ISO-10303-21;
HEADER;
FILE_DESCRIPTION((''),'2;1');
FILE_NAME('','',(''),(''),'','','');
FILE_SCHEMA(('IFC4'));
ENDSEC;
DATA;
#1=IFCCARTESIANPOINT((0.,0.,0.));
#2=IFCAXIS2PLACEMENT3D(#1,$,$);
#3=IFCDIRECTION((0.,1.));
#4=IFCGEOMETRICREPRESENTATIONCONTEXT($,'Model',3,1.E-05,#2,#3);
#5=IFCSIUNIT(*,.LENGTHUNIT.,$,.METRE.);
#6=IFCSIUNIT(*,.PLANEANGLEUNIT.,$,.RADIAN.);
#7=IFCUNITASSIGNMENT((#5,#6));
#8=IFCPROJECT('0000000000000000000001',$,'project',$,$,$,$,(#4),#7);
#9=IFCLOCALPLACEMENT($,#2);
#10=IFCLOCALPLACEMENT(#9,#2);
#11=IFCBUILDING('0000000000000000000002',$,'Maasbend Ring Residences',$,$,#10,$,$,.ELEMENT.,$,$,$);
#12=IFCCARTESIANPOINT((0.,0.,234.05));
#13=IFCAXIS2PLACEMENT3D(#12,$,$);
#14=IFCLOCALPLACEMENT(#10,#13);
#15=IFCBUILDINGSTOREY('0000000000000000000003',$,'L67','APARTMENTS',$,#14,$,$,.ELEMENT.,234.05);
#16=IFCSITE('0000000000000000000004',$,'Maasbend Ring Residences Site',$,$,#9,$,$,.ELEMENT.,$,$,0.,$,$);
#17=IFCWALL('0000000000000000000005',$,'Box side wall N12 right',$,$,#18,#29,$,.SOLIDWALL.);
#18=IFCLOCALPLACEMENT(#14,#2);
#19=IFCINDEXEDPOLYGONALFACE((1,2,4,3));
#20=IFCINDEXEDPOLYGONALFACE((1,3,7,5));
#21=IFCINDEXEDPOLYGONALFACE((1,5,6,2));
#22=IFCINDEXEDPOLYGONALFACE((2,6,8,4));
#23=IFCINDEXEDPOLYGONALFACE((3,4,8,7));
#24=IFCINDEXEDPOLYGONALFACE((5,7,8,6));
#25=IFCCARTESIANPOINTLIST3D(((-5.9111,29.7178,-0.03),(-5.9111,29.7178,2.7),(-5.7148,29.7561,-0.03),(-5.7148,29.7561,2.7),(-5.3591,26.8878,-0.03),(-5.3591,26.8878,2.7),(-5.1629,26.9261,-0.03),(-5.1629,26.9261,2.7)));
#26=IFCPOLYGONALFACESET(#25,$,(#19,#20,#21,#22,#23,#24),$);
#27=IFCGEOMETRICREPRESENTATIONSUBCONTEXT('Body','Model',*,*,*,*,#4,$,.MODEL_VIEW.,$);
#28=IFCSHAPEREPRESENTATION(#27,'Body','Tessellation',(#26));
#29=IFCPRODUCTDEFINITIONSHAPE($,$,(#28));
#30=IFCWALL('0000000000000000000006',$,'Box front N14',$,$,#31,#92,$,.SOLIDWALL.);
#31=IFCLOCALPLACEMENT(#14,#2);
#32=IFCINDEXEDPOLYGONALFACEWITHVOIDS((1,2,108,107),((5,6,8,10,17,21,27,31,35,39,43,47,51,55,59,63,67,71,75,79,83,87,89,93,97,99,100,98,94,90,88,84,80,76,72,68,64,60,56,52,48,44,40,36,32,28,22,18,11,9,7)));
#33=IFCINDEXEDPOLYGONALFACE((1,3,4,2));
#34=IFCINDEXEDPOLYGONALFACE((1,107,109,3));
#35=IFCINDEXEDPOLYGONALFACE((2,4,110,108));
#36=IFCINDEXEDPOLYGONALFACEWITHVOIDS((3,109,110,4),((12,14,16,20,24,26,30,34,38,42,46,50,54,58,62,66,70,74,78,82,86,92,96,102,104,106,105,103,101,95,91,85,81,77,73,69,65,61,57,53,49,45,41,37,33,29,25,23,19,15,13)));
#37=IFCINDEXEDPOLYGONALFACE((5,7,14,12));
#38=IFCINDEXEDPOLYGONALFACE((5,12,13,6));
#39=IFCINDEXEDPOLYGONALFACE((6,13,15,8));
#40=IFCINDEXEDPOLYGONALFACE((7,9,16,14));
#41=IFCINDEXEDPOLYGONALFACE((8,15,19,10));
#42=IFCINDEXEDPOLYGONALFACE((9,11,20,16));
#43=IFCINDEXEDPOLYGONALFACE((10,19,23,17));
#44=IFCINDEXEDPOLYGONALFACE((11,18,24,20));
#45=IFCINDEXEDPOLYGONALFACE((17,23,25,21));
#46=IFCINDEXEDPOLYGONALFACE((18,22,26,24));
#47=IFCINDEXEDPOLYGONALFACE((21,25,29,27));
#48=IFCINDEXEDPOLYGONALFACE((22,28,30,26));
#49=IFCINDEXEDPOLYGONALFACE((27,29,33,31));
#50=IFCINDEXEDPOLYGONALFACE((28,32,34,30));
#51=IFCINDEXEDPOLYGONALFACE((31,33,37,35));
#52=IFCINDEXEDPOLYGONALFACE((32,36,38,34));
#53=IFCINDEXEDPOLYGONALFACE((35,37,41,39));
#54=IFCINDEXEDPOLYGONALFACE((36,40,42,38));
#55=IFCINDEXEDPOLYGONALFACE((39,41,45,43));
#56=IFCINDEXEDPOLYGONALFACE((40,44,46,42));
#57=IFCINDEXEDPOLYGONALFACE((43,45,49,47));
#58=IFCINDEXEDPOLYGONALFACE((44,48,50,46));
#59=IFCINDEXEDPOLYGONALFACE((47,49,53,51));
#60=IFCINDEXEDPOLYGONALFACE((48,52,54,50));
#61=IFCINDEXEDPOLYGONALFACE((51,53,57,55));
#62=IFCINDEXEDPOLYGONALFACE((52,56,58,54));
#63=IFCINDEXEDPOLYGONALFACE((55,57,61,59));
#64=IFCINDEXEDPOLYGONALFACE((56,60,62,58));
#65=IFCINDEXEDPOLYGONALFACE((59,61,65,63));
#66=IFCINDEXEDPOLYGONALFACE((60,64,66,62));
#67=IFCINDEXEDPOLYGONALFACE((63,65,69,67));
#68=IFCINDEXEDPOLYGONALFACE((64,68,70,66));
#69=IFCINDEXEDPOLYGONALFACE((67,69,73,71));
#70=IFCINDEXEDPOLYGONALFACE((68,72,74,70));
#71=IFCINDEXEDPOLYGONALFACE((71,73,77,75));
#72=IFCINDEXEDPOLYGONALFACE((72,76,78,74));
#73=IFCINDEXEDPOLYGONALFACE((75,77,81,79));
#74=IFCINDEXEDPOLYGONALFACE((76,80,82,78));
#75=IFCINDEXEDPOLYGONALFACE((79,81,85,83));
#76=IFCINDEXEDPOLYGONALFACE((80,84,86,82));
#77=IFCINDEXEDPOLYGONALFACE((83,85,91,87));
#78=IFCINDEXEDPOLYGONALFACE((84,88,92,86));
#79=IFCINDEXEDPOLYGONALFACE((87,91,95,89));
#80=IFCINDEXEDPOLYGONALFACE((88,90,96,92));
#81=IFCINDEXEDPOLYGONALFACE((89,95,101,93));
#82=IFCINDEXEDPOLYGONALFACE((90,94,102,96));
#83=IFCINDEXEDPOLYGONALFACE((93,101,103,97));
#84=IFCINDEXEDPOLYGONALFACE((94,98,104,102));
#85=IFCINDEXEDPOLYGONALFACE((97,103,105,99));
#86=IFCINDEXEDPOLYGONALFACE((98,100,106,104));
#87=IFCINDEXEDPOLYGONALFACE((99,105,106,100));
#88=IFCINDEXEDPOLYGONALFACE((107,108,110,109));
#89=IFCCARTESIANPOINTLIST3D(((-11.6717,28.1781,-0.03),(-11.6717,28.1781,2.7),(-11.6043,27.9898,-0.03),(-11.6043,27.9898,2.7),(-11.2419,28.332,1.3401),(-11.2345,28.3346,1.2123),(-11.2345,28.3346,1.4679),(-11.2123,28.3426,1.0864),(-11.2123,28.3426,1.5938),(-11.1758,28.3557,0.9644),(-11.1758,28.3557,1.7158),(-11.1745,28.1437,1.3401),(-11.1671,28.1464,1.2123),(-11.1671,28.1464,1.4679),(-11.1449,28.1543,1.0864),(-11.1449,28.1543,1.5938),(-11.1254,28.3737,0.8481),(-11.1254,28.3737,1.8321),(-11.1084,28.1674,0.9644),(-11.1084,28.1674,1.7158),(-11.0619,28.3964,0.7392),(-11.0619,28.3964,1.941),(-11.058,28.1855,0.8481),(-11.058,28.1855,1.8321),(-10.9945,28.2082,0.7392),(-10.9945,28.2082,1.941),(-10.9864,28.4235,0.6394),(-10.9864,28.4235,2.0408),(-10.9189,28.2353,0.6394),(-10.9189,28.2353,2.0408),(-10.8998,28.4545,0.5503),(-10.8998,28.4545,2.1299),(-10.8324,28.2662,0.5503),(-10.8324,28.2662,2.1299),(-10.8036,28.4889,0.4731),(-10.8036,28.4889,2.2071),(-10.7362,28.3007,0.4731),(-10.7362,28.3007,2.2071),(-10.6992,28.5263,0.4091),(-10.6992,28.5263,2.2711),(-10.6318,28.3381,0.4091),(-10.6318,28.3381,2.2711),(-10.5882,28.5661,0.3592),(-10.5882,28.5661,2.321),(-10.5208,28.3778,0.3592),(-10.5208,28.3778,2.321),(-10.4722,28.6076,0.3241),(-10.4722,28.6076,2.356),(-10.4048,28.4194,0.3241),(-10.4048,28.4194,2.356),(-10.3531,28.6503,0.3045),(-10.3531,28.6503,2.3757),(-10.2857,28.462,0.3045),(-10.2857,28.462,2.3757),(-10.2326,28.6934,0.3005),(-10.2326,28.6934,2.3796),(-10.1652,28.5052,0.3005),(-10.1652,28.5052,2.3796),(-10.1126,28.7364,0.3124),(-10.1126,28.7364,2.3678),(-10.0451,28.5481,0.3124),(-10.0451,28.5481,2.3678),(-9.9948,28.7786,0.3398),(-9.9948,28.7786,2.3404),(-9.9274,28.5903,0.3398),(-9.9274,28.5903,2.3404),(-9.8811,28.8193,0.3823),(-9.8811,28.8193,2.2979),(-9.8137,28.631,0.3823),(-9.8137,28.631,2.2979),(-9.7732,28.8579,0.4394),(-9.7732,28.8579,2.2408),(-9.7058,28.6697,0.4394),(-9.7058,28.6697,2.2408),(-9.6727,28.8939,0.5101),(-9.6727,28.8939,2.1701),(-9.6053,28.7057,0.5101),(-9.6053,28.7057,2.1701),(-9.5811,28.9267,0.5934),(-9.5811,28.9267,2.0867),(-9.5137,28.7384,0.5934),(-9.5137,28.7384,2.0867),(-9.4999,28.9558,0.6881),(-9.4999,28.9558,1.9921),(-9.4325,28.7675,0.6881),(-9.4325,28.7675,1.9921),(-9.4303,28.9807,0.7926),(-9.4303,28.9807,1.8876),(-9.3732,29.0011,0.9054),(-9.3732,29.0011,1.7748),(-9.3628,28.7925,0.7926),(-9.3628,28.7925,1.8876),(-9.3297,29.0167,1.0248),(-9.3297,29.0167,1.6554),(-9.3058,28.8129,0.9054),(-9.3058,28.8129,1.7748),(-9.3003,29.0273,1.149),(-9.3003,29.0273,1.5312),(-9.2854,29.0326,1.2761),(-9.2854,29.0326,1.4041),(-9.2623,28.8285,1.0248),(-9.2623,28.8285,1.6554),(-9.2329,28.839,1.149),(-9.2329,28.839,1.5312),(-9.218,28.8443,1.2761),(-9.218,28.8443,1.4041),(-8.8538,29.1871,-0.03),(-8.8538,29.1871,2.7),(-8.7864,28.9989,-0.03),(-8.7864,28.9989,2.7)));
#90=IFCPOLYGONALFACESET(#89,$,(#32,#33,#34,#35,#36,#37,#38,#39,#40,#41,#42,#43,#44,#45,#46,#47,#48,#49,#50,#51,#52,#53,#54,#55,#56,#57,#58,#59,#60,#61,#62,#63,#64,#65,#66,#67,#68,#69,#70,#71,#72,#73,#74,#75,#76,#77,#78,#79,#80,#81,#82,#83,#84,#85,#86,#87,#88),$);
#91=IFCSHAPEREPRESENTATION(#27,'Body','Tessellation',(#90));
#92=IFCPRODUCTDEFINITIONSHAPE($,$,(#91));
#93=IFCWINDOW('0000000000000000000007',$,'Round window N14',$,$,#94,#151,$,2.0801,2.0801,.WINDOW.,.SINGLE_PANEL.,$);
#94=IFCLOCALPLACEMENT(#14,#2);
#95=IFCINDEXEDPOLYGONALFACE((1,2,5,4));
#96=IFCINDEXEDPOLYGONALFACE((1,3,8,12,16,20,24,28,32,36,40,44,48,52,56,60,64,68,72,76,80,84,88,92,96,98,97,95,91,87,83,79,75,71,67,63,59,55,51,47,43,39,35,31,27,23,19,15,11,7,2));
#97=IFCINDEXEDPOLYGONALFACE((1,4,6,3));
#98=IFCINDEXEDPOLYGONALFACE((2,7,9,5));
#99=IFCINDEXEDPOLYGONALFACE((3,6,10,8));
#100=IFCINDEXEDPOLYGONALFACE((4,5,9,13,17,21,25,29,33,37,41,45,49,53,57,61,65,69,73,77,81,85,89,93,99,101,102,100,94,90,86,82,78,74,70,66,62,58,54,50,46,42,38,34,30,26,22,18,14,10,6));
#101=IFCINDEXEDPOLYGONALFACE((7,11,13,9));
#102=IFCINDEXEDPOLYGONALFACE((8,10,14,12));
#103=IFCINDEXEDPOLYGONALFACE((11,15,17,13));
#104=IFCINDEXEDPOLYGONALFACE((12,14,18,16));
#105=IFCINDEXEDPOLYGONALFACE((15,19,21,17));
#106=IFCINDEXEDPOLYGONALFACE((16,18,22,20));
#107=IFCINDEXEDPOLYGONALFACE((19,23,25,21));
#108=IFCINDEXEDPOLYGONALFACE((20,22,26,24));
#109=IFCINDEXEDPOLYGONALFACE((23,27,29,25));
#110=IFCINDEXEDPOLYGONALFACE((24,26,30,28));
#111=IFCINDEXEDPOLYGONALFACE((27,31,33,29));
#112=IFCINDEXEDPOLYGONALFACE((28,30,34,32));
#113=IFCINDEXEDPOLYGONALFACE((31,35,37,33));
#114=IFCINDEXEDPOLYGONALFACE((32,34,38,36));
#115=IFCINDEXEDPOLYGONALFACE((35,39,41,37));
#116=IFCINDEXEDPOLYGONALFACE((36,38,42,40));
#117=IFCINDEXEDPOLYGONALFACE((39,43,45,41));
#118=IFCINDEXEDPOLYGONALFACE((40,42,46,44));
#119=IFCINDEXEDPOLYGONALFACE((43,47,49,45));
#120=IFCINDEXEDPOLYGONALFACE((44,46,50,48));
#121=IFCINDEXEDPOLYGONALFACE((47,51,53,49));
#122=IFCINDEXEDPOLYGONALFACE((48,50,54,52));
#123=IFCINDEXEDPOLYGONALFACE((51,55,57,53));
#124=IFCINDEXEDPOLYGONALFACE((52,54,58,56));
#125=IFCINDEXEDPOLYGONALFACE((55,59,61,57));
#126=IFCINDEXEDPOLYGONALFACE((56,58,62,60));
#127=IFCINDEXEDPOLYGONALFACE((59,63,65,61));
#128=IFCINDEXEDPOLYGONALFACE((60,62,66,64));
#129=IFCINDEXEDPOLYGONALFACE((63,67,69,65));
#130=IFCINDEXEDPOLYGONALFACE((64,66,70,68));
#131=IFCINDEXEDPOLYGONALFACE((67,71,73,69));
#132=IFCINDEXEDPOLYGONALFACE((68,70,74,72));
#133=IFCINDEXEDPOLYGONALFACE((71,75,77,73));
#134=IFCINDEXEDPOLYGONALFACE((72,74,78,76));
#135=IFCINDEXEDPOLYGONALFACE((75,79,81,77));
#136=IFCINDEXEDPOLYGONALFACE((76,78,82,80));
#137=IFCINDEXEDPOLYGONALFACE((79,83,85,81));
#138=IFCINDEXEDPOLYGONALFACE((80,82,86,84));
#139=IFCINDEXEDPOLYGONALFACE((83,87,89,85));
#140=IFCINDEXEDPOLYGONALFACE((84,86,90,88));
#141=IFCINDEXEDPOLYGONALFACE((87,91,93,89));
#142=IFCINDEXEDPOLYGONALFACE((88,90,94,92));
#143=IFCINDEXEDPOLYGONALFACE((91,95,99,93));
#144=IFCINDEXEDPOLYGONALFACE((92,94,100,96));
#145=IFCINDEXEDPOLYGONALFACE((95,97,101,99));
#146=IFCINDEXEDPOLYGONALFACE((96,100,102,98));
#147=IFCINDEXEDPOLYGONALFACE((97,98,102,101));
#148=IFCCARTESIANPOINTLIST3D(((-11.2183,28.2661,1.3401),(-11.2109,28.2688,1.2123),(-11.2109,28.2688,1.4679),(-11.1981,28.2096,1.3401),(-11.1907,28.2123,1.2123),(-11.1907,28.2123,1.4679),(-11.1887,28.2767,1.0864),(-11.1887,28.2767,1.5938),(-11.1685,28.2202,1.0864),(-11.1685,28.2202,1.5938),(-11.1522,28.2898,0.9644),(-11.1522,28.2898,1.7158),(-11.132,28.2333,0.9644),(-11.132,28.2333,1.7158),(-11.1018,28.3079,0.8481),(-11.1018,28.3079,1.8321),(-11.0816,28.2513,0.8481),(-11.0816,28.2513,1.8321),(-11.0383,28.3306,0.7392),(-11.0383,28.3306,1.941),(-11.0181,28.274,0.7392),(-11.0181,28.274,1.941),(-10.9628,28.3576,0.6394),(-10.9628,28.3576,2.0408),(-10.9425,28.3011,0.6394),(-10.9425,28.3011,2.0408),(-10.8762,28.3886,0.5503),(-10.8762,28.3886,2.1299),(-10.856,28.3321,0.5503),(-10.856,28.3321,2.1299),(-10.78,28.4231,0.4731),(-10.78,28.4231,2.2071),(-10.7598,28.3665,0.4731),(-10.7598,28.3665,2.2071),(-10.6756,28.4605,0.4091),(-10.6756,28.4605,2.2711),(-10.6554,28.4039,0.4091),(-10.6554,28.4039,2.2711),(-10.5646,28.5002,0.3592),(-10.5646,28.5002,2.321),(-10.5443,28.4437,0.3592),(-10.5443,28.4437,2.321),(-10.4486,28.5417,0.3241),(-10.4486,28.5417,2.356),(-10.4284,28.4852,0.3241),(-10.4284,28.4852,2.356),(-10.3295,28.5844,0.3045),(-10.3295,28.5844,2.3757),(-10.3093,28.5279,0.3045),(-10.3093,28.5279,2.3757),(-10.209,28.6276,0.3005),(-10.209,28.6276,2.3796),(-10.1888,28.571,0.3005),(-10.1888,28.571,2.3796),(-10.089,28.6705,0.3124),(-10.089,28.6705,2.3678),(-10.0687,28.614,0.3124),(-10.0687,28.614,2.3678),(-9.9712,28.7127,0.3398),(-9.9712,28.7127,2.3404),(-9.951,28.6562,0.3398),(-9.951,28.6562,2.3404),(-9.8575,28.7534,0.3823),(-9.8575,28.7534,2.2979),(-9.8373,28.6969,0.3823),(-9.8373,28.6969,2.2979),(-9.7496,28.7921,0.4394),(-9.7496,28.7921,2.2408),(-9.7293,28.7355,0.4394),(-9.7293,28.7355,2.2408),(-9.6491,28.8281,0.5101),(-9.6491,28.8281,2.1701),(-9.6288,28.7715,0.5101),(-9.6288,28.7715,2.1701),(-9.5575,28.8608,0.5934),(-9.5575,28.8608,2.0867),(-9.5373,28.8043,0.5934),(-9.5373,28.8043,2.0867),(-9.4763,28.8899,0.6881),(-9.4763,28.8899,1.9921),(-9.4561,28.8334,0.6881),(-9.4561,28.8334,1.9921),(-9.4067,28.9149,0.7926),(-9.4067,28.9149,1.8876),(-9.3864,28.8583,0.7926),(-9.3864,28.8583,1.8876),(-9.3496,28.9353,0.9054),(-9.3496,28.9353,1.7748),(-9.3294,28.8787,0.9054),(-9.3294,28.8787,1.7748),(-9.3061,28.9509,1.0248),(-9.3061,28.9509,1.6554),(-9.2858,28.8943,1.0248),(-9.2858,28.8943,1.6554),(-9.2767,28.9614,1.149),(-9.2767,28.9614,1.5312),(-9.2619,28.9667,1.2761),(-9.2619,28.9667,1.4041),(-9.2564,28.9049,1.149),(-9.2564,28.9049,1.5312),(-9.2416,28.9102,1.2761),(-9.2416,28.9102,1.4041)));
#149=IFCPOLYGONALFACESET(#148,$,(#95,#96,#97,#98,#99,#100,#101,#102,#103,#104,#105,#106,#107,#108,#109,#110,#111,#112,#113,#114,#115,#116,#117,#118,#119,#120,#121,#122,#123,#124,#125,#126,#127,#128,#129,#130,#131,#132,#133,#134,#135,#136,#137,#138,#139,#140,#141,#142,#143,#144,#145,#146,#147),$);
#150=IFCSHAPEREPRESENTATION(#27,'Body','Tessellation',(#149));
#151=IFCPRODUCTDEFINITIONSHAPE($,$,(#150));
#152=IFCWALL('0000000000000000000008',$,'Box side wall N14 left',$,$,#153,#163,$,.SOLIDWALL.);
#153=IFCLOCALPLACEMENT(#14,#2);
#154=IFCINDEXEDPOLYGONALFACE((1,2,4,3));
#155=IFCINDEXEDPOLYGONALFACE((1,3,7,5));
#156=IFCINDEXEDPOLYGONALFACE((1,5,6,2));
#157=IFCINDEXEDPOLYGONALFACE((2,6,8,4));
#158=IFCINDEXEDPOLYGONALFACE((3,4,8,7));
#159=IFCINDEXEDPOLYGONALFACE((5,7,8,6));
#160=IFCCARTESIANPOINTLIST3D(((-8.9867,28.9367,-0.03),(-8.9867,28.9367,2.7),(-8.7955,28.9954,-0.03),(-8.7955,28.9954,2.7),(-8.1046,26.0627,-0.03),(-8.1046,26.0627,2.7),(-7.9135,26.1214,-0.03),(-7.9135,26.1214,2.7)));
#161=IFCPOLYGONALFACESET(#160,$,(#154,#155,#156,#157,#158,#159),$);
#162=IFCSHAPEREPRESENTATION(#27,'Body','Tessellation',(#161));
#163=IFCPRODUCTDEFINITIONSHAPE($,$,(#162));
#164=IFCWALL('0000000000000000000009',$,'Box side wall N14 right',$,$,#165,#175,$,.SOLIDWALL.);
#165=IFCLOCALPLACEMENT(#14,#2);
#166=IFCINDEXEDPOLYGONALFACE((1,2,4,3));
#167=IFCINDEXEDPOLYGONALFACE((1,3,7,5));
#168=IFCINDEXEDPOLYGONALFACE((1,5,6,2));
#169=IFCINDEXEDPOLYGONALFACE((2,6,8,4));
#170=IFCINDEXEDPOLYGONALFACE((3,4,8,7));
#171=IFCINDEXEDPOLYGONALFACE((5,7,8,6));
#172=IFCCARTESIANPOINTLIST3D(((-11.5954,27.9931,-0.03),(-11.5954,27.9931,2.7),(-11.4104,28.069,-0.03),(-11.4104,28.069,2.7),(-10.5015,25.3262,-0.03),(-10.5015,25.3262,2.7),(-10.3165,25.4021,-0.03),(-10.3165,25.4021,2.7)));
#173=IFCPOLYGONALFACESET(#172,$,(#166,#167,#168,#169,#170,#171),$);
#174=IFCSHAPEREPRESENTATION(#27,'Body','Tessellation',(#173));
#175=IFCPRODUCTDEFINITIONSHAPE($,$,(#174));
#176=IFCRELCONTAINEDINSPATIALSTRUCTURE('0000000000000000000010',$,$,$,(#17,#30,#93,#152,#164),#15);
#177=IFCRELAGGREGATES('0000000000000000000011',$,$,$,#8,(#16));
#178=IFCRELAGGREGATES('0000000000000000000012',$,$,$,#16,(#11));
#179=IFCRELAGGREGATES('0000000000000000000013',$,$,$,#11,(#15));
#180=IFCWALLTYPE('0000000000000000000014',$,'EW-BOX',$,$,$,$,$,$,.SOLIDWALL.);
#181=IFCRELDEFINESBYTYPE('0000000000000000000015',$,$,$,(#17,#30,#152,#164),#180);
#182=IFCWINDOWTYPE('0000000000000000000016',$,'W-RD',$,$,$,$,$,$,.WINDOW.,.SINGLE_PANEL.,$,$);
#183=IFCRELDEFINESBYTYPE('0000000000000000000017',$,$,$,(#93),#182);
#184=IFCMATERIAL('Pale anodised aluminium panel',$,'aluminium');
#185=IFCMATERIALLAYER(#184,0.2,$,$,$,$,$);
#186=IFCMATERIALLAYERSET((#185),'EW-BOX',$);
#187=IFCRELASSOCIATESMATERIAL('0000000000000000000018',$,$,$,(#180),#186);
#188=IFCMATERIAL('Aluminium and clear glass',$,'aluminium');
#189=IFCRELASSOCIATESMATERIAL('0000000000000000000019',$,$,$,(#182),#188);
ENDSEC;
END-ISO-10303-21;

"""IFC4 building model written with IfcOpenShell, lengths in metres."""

from ifc_helpers import new_model, si_unit, direction, frame, frame_2d, origin, place, context, subcontext, project, spatial, rectangle, circle, extrude, material, layer, layer_set, type_object, element, fill, save


model = new_model("IFC4")

# Units and contexts
model_context = context("Model", 3, precision=1e-05, world=origin(), true_north=direction((0.0, 1.0)))
body_context = subcontext(model_context, "Body", "Model", "MODEL_VIEW")
ifc_project = project(units=[si_unit("LENGTHUNIT", "METRE"), si_unit("PLANEANGLEUNIT", "RADIAN")], contexts=[model_context])

# Site, building, storey
site_placement = place(None, origin())
site = spatial("IfcSite", under=ifc_project, at=site_placement, Name="Maasbend Ring Residences Site", CompositionType="ELEMENT", RefElevation=0.0)
building_placement = place(site_placement, origin())
building = spatial("IfcBuilding", under=site, at=building_placement, Name="Maasbend Ring Residences", CompositionType="ELEMENT")
storey_placement = place(building_placement, frame((0.0, 0.0, 234.05)))
storey = spatial("IfcBuildingStorey", under=building, at=storey_placement, Name="L67", Description="APARTMENTS", CompositionType="ELEMENT", Elevation=234.05)

# Shared definitions
ifc_material_1 = material(Name="Pale anodised aluminium panel", Category="aluminium")
ifc_layer_1 = layer(ifc_material_1, 0.2)
ifc_layer_set_1 = layer_set([ifc_layer_1], Name="EW-BOX")
wall_type_1 = type_object("IfcWallType", Name="EW-BOX", PredefinedType="SOLIDWALL", material=ifc_layer_set_1)
ifc_material_2 = material(Name="Aluminium and clear glass", Category="aluminium")
window_type_1 = type_object("IfcWindowType", Name="W-RD", PartitioningType="SINGLE_PANEL", PredefinedType="WINDOW", material=ifc_material_2)

# Wall
wall_1_placement = place(storey_placement, frame((-5.261, 26.907, -0.03), z_axis=(0.0, 0.0, 1.0), x_axis=(-0.191441, 0.981504, 0.0)))
element("IfcWall", 1, at=wall_1_placement, inside=storey, type_object=wall_type_1, Name="Box side wall N12 right", PredefinedType="SOLIDWALL", context=body_context, shape_type="SweptSolid", body=[
    extrude(rectangle(XDim=2.8833, YDim=0.2, at=frame_2d((1.4417, 0.0))), origin(), (0.0, 0.0, 1.0), 2.73),
])

# Wall, opening, window
wall_2_placement = place(storey_placement, frame((-8.8201, 29.093, -0.03), z_axis=(0.0, 0.0, 1.0), x_axis=(-0.941461, -0.337122, 0.0)))
wall_2 = element("IfcWall", 2, at=wall_2_placement, inside=storey, type_object=wall_type_1, Name="Box front N14", PredefinedType="SOLIDWALL", context=body_context, shape_type="SweptSolid", body=[
    extrude(rectangle(XDim=2.9932, YDim=0.2, at=frame_2d((1.4966, 0.0))), origin(), (0.0, 0.0, 1.0), 2.73),
])
opening_1_placement = place(wall_2_placement, frame((0.4565, 0.0, 0.3301)))
opening_1 = element("IfcOpeningElement", 3, at=opening_1_placement, cuts=wall_2, PredefinedType="OPENING", context=body_context, shape_type="SweptSolid", body=[
    extrude(circle(Radius=1.04, at=frame_2d((1.04, 1.04))), frame((0.0, 0.1099, 0.0), z_axis=(0.0, -1.0, 0.0), x_axis=(1.0, 0.0, 0.0)), (0.0, 0.0, 1.0), 0.22),
])
window_1_placement = place(opening_1_placement, origin())
window_1 = element("IfcWindow", 4, at=window_1_placement, inside=storey, type_object=window_type_1, Name="Round window N14", OverallHeight=2.0801, OverallWidth=2.0801, PartitioningType="SINGLE_PANEL", PredefinedType="WINDOW", context=body_context, shape_type="SweptSolid", body=[
    extrude(circle(Radius=1.04, at=frame_2d((1.04, 1.04))), frame((0.0, 0.03, 0.0), z_axis=(0.0, -1.0, 0.0), x_axis=(1.0, 0.0, 0.0)), (0.0, 0.0, 1.0), 0.0601),
])
fill(opening_1, window_1)

# Walls
wall_3_placement = place(storey_placement, frame((-8.009, 26.092, -0.03), z_axis=(0.0, 0.0, 1.0), x_axis=(-0.293407, 0.955988, 0.0)))
element("IfcWall", 5, at=wall_3_placement, inside=storey, type_object=wall_type_1, Name="Box side wall N14 left", PredefinedType="SOLIDWALL", context=body_context, shape_type="SweptSolid", body=[
    extrude(rectangle(XDim=3.0063, YDim=0.2, at=frame_2d((1.5032, 0.0))), origin(), (0.0, 0.0, 1.0), 2.73),
])
wall_4_placement = place(storey_placement, frame((-10.4089, 25.364, -0.03), z_axis=(0.0, 0.0, 1.0), x_axis=(-0.37951, 0.925188, 0.0)))
element("IfcWall", 6, at=wall_4_placement, inside=storey, type_object=wall_type_1, Name="Box side wall N14 right", PredefinedType="SOLIDWALL", context=body_context, shape_type="SweptSolid", body=[
    extrude(rectangle(XDim=2.8826, YDim=0.2, at=frame_2d((1.4414, 0.0))), origin(), (0.0, 0.0, 1.0), 2.73),
])

save(model, "model.ifc")
